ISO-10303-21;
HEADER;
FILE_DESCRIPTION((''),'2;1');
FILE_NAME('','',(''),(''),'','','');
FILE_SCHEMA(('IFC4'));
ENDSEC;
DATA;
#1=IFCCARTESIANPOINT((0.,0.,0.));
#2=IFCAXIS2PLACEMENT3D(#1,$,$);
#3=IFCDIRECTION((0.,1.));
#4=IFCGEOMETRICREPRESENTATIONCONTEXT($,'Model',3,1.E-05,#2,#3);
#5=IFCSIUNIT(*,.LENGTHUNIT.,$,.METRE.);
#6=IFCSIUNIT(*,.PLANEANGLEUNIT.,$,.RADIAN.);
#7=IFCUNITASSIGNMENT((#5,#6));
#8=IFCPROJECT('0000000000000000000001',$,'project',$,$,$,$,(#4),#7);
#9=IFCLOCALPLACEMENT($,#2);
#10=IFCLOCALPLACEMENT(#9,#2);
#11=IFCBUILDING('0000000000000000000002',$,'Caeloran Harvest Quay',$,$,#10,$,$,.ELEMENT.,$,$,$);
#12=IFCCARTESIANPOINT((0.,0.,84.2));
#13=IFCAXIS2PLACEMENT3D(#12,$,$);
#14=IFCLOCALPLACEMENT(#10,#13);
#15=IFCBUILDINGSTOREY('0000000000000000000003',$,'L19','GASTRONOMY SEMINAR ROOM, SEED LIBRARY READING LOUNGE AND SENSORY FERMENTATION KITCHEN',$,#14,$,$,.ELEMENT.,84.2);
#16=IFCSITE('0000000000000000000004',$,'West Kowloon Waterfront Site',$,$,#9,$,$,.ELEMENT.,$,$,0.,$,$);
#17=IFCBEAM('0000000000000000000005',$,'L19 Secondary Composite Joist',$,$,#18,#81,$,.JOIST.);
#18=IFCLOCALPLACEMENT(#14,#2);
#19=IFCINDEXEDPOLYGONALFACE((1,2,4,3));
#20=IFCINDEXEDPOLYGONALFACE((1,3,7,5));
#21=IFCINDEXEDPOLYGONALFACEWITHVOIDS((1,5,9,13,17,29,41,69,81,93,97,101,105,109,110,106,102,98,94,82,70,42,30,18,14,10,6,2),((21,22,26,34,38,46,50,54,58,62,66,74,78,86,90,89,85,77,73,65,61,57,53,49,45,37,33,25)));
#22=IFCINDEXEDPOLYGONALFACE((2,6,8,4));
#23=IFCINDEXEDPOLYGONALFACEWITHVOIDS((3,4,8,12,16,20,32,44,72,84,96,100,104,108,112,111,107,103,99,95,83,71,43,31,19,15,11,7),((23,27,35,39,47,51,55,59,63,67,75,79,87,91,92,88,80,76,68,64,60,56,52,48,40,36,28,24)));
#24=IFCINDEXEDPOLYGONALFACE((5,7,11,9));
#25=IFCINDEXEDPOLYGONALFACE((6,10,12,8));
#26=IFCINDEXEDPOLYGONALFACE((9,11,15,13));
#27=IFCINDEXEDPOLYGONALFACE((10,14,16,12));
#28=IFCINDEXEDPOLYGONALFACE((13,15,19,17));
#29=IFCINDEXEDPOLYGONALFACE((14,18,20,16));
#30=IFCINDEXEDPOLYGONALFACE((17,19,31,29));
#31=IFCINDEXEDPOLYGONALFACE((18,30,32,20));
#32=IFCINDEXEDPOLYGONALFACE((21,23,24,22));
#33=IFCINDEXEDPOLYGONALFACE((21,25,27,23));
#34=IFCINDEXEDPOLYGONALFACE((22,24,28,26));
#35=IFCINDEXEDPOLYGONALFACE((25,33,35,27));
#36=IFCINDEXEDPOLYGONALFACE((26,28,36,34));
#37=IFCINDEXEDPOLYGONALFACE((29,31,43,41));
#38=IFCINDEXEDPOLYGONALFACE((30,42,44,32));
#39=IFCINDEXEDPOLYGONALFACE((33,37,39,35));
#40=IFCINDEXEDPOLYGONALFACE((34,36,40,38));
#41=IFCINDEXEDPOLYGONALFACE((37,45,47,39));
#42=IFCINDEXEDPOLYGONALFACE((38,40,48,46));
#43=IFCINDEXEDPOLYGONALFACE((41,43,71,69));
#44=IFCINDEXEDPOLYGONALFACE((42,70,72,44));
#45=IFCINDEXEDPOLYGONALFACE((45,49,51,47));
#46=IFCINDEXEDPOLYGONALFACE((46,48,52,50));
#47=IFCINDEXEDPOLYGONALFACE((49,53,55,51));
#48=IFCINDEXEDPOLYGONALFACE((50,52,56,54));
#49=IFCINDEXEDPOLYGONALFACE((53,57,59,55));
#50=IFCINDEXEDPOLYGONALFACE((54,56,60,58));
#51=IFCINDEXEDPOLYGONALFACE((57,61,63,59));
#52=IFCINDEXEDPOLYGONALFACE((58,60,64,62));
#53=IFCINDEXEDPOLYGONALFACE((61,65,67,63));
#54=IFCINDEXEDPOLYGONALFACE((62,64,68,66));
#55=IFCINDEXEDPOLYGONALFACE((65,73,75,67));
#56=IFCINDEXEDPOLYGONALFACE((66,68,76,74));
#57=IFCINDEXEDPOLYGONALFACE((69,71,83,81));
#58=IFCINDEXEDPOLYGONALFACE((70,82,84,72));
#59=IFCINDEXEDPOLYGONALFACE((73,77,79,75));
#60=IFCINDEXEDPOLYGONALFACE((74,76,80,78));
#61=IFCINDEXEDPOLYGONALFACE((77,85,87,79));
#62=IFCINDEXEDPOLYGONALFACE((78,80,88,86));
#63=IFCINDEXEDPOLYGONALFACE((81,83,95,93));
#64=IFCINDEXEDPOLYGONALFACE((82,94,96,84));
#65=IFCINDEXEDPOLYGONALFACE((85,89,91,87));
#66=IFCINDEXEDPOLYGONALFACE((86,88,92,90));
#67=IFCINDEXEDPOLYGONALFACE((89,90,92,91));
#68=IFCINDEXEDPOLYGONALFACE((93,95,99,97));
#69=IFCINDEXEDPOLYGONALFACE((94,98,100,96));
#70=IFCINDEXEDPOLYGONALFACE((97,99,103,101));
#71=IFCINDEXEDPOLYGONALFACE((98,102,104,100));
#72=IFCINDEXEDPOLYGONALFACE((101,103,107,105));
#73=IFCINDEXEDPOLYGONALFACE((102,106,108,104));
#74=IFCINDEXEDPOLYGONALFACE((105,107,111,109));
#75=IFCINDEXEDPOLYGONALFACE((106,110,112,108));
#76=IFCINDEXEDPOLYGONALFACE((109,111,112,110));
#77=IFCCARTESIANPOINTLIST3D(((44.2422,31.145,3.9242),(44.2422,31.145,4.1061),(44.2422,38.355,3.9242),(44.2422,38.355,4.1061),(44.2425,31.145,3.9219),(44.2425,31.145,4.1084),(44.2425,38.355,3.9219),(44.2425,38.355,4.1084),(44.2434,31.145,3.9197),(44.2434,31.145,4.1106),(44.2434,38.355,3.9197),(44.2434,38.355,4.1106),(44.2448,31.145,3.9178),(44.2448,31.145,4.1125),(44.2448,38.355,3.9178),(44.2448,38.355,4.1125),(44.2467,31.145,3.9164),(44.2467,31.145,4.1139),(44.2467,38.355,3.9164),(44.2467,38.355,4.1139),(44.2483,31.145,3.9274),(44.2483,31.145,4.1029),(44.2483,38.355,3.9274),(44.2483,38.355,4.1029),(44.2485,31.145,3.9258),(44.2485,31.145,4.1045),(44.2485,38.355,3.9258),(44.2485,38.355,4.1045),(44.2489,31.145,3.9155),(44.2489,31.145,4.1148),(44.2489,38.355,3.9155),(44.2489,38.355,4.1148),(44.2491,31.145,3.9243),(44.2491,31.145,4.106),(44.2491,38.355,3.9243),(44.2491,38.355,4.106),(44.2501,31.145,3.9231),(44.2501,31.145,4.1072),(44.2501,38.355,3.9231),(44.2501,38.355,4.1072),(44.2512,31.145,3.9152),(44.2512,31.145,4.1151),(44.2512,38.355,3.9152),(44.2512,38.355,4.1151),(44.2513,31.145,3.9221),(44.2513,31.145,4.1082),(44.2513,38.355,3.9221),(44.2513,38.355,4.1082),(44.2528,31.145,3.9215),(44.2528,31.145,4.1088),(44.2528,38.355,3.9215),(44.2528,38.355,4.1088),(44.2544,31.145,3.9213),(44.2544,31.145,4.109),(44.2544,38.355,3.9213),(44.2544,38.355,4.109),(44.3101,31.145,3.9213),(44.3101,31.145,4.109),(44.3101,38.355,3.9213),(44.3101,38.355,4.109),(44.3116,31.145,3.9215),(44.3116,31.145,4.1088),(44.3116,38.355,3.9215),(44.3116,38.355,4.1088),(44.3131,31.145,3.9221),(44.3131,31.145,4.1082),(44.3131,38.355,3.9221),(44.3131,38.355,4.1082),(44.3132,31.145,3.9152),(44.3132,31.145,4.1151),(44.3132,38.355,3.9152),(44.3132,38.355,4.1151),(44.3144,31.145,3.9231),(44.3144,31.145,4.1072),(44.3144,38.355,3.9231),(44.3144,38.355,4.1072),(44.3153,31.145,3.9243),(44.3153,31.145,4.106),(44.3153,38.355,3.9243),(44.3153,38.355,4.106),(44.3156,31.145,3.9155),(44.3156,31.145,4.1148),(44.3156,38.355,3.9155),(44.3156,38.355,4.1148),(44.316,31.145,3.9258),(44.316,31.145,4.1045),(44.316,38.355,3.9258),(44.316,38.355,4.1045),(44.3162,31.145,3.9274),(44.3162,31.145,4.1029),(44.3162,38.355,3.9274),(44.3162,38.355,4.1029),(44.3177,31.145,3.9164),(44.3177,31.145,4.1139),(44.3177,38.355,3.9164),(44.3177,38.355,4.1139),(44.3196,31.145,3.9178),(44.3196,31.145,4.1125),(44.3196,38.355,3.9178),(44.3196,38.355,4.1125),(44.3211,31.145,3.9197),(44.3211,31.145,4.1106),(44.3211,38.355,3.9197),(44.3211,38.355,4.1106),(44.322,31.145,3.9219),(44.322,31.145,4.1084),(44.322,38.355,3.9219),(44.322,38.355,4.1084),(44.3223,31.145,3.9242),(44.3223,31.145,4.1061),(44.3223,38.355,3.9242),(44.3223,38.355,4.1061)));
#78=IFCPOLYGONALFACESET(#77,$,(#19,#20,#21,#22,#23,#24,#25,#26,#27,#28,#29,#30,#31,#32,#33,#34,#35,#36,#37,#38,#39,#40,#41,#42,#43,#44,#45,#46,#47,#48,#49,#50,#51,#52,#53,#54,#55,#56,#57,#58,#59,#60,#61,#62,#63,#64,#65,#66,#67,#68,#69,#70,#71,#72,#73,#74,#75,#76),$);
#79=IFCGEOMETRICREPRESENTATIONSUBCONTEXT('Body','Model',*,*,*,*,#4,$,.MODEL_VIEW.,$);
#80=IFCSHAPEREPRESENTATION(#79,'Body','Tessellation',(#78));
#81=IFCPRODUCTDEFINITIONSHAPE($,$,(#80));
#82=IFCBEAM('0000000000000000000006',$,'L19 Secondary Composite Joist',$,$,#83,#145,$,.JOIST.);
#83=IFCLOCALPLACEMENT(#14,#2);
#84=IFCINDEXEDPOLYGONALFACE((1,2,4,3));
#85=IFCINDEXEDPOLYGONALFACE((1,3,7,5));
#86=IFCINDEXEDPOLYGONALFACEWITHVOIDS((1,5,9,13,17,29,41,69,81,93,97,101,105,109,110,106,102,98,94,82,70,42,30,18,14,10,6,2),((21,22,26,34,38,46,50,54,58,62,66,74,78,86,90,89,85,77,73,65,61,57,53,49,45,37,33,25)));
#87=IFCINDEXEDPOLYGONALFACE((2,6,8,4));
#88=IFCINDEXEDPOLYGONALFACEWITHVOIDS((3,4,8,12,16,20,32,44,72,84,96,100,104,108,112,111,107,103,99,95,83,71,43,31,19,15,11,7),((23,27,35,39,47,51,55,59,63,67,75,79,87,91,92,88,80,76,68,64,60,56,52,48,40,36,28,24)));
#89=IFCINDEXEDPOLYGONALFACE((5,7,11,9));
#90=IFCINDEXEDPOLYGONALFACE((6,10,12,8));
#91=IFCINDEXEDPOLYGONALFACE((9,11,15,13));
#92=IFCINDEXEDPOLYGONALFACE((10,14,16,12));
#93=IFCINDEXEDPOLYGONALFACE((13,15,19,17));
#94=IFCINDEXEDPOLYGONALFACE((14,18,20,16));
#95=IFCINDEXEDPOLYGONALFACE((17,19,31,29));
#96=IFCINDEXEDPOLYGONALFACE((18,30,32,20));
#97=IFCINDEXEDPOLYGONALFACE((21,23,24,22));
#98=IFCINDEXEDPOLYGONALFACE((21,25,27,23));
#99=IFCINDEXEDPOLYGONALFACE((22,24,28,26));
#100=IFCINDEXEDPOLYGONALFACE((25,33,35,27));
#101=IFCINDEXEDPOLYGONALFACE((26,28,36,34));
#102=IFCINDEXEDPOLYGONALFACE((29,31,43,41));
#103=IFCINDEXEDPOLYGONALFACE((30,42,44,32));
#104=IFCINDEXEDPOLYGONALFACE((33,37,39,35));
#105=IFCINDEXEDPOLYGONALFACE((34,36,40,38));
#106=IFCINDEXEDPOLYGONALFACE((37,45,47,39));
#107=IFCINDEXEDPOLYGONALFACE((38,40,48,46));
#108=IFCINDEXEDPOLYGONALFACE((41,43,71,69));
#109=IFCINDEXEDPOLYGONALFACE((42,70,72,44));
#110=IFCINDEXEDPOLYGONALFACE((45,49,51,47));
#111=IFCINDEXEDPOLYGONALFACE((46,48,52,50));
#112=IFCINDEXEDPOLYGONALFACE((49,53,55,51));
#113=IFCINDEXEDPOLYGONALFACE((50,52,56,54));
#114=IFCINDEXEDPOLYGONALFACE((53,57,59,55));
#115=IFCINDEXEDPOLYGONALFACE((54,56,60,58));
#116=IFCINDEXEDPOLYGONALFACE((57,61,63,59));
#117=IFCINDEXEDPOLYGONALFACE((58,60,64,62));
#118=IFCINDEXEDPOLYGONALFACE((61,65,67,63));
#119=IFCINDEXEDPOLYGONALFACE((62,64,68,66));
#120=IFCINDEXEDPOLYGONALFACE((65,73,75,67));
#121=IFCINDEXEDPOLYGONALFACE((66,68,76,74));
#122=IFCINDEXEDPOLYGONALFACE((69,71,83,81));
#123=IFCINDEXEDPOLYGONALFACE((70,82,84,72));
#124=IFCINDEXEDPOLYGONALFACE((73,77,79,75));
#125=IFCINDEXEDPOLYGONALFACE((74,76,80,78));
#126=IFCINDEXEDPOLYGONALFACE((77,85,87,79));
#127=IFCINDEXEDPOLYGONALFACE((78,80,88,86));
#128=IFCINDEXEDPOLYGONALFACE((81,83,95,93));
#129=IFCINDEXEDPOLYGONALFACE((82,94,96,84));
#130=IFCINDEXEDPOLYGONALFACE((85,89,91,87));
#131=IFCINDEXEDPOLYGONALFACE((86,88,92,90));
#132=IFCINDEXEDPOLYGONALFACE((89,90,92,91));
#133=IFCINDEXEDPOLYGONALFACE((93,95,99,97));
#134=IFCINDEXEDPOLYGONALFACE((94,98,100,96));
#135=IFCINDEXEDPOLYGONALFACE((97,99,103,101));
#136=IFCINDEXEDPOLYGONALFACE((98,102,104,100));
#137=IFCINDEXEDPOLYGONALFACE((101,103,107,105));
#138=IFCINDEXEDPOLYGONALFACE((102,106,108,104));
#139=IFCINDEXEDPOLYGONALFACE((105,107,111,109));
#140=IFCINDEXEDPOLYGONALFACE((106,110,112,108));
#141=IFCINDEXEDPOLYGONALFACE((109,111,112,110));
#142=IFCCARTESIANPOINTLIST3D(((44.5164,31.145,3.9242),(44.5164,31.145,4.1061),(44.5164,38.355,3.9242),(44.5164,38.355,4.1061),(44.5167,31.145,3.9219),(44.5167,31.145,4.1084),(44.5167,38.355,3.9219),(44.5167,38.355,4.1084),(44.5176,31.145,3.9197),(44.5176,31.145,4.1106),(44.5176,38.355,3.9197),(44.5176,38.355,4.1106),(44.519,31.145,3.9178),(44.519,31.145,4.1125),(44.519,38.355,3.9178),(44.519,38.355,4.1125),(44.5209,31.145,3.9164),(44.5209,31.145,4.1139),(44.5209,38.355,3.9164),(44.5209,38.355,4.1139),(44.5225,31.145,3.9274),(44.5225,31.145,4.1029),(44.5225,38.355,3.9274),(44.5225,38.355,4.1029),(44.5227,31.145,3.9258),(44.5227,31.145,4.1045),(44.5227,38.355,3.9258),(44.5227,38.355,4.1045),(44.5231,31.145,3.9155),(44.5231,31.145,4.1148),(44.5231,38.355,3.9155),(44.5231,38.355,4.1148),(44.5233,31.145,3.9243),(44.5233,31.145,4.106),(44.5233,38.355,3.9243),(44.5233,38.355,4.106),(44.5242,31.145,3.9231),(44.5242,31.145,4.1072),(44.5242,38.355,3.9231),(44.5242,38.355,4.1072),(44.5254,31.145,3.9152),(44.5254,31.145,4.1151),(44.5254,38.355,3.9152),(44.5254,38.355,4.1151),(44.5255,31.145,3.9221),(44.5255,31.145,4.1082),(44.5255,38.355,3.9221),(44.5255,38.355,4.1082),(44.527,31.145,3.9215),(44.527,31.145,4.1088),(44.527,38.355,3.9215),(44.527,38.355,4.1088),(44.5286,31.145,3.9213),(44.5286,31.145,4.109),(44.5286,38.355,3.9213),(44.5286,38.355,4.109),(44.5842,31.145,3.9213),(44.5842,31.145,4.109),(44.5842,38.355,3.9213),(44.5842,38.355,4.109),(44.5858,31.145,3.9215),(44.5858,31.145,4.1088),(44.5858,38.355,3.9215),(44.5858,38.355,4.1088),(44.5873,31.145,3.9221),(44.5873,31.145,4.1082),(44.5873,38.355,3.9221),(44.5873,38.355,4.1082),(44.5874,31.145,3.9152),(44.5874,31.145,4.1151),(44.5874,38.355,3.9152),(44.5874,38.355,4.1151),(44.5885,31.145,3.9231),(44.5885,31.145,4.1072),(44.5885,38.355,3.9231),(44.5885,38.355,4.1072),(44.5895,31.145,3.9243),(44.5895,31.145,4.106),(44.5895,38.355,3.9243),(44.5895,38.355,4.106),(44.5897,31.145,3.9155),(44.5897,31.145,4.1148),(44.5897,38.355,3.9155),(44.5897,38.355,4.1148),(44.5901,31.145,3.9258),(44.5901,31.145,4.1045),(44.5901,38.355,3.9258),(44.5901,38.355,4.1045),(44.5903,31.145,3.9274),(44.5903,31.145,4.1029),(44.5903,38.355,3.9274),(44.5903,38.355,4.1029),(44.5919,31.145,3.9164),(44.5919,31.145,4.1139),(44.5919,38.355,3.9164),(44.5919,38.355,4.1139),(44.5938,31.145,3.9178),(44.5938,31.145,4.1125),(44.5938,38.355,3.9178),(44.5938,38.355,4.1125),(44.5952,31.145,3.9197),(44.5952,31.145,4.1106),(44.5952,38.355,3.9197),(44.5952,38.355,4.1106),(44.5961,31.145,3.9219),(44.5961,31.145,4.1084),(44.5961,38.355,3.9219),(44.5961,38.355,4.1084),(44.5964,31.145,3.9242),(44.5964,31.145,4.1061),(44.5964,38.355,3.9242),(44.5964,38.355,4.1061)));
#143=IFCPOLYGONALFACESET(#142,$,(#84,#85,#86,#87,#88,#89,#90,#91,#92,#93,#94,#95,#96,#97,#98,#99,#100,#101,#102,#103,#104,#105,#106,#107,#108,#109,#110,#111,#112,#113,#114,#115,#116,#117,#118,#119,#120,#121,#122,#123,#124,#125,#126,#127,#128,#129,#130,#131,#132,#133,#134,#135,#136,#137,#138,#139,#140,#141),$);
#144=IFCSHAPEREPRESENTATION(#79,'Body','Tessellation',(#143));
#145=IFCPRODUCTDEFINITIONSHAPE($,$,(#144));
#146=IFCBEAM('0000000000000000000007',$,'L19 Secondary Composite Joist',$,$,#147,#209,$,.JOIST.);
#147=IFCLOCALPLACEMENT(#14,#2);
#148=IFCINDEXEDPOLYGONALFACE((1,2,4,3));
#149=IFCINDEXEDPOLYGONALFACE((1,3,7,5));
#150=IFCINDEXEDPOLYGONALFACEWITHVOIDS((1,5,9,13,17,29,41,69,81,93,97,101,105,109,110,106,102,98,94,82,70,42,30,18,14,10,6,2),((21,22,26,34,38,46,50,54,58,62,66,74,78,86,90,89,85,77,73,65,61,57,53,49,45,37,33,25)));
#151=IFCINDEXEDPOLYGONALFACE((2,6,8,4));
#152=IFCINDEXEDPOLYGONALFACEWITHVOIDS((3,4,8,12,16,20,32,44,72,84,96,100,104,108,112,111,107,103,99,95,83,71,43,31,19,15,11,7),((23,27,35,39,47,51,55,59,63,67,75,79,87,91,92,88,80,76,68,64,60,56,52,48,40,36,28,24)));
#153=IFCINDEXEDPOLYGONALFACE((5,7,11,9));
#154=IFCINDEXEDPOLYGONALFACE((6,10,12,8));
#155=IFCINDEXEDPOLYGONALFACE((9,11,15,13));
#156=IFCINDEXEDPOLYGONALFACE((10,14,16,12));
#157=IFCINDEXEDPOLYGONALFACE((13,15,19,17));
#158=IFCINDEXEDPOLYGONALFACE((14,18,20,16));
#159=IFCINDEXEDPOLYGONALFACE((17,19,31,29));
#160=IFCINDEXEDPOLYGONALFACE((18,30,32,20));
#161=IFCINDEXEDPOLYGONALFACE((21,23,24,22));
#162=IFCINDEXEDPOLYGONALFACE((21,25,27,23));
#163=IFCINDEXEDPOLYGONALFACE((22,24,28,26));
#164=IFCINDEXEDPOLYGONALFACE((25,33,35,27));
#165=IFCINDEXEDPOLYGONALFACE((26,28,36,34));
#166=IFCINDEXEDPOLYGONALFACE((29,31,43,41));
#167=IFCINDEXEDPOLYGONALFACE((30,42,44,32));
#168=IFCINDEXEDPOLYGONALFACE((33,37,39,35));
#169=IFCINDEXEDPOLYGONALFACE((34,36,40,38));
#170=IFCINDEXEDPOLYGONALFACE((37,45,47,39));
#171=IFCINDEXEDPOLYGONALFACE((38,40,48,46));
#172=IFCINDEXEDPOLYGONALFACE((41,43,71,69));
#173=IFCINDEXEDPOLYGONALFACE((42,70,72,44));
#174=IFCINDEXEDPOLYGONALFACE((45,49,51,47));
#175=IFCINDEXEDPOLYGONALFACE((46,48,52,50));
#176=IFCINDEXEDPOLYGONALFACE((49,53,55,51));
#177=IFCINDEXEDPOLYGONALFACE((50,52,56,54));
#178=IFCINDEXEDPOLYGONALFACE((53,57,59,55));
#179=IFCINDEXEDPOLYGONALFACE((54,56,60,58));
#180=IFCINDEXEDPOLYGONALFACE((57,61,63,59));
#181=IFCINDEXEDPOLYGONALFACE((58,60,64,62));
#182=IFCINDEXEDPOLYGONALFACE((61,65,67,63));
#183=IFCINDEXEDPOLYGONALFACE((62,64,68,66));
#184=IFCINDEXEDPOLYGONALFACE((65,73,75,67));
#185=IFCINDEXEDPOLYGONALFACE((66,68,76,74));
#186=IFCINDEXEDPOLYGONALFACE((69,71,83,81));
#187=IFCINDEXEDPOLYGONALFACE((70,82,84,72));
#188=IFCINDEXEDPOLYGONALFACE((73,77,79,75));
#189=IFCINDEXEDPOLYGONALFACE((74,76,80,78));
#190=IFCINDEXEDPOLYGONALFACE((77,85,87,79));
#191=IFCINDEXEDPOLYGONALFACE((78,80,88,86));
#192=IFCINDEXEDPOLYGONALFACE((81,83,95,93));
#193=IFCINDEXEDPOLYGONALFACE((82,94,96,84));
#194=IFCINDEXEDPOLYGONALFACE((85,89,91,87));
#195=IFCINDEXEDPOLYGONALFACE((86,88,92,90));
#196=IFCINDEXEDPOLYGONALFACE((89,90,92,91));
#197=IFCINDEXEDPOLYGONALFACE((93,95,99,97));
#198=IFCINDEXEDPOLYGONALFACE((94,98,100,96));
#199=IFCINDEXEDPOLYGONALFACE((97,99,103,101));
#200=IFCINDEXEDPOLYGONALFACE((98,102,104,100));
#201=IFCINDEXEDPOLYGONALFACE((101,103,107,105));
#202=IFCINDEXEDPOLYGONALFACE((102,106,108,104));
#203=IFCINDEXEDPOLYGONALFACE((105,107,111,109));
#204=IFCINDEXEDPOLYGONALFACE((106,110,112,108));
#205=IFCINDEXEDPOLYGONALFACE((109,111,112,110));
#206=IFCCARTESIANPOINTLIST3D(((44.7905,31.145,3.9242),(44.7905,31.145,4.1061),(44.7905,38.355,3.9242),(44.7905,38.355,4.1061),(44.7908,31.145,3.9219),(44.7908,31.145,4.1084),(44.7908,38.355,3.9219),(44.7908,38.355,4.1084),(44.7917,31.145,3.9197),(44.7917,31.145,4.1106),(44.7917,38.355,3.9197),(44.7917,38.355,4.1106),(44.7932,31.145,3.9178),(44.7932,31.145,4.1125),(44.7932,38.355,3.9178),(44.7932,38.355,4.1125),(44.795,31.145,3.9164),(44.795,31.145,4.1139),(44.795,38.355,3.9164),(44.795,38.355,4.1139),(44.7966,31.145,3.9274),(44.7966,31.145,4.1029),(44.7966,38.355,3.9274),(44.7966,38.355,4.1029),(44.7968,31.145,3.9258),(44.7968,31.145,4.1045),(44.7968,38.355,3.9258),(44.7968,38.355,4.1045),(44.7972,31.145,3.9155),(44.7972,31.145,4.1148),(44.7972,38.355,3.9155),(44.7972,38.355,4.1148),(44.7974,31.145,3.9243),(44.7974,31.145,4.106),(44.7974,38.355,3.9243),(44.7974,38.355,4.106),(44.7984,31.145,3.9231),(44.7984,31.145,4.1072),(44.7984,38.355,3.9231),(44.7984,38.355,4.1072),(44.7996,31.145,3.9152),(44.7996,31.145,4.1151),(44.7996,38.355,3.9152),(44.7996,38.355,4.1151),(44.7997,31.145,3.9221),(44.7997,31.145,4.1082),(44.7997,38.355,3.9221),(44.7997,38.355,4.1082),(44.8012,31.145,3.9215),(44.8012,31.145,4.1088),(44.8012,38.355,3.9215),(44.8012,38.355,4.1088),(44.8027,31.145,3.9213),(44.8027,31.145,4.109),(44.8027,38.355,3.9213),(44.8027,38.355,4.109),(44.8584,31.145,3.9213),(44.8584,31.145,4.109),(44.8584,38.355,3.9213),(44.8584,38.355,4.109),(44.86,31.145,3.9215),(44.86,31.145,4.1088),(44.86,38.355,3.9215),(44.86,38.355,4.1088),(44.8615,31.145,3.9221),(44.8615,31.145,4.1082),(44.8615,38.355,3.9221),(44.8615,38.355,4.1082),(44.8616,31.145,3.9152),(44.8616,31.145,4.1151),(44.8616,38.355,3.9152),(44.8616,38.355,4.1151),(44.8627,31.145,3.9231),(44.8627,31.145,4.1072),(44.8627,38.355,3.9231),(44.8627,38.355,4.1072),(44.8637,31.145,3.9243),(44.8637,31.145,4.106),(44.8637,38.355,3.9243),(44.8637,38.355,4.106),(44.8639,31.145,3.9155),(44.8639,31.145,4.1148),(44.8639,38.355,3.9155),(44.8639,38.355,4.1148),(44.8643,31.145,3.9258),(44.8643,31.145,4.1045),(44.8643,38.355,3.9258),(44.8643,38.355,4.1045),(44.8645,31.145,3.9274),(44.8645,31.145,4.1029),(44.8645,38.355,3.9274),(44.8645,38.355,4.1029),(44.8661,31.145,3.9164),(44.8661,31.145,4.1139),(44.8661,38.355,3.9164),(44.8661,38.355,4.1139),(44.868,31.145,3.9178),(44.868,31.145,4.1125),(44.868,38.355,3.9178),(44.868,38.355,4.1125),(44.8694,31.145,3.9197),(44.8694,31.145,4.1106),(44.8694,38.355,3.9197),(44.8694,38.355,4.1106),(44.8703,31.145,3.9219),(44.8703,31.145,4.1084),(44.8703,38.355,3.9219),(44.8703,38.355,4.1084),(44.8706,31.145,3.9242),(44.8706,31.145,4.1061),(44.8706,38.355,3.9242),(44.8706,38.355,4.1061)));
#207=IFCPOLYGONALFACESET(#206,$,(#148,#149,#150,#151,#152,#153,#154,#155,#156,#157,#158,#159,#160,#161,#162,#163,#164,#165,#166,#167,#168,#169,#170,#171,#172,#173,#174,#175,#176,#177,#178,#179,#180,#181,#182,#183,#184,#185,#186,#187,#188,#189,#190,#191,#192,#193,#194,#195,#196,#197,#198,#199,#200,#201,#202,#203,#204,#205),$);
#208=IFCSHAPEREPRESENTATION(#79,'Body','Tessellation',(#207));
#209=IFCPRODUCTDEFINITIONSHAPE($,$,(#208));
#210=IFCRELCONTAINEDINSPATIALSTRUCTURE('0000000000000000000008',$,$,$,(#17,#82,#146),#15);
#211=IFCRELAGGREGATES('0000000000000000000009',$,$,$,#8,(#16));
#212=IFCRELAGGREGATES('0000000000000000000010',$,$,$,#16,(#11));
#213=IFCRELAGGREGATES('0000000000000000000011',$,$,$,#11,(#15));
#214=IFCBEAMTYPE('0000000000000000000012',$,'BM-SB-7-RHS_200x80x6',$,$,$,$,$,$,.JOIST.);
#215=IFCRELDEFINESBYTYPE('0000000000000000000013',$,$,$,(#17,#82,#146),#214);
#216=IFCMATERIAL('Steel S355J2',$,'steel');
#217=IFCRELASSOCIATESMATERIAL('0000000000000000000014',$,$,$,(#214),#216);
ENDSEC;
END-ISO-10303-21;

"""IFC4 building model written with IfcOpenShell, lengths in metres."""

from ifc_helpers import new_model, si_unit, direction, frame, origin, origin_2d, place, context, subcontext, project, spatial, hollow_rectangle, extrude, material, material_profile, profile_set, type_object, element, save


model = new_model("IFC4")

# Units and contexts
model_context = context("Model", 3, precision=1e-05, world=origin(), true_north=direction((0.0, 1.0)))
body_context = subcontext(model_context, "Body", "Model", "MODEL_VIEW")
ifc_project = project(units=[si_unit("LENGTHUNIT", "METRE"), si_unit("PLANEANGLEUNIT", "RADIAN")], contexts=[model_context])

# Site, building, storey
site_placement = place(None, origin())
site = spatial("IfcSite", under=ifc_project, at=site_placement, Name="West Kowloon Waterfront Site", CompositionType="ELEMENT", RefElevation=0.0)
building_placement = place(site_placement, origin())
building = spatial("IfcBuilding", under=site, at=building_placement, Name="Caeloran Harvest Quay", CompositionType="ELEMENT")
storey_placement = place(building_placement, frame((0.0, 0.0, 84.2)))
storey = spatial("IfcBuildingStorey", under=building, at=storey_placement, Name="L19", Description="GASTRONOMY SEMINAR ROOM, SEED LIBRARY READING LOUNGE AND SENSORY FERMENTATION KITCHEN", CompositionType="ELEMENT", Elevation=84.2)

# Beams
ifc_material_1 = material(Name="Steel S355J2", Category="steel")
ifc_material_profile_1 = material_profile(ifc_material_1, hollow_rectangle(XDim=0.0801, YDim=0.2, WallThickness=0.0061, InnerFilletRadius=0.0061, OuterFilletRadius=0.009, at=origin_2d()), Name="RHS 200x80x6")
ifc_profile_set_1 = profile_set([ifc_material_profile_1], Name="Steel S355J2")
beam_type_1 = type_object("IfcBeamType", Name="BM-SB-7-RHS_200x80x6", PredefinedType="JOIST", material=ifc_profile_set_1)
for number, where, z_axis, x_axis, name in (
    (1, (44.2822, 31.145, 4.0151), (0.0, 1.0, 0.0), (-1.0, 0.0, 0.0), "L19 Secondary Composite Joist"),
    (2, (44.5564, 31.145, 4.0151), (0.0, 1.0, 0.0), (-1.0, 0.0, 0.0), "L19 Secondary Composite Joist"),
    (3, (44.8306, 31.145, 4.0151), (0.0, 1.0, 0.0), (-1.0, 0.0, 0.0), "L19 Secondary Composite Joist"),
):
    element("IfcBeam", number, at=place(storey_placement, frame(where, z_axis=z_axis, x_axis=x_axis)), inside=storey, type_object=beam_type_1, Name=name, PredefinedType="JOIST", context=body_context, shape_type="SweptSolid", body=[
        extrude(hollow_rectangle(XDim=0.0801, YDim=0.2, WallThickness=0.0061, InnerFilletRadius=0.0061, OuterFilletRadius=0.009, at=origin_2d()), origin(), (0.0, 0.0, 1.0), 7.21),
    ])

save(model, "model.ifc")
